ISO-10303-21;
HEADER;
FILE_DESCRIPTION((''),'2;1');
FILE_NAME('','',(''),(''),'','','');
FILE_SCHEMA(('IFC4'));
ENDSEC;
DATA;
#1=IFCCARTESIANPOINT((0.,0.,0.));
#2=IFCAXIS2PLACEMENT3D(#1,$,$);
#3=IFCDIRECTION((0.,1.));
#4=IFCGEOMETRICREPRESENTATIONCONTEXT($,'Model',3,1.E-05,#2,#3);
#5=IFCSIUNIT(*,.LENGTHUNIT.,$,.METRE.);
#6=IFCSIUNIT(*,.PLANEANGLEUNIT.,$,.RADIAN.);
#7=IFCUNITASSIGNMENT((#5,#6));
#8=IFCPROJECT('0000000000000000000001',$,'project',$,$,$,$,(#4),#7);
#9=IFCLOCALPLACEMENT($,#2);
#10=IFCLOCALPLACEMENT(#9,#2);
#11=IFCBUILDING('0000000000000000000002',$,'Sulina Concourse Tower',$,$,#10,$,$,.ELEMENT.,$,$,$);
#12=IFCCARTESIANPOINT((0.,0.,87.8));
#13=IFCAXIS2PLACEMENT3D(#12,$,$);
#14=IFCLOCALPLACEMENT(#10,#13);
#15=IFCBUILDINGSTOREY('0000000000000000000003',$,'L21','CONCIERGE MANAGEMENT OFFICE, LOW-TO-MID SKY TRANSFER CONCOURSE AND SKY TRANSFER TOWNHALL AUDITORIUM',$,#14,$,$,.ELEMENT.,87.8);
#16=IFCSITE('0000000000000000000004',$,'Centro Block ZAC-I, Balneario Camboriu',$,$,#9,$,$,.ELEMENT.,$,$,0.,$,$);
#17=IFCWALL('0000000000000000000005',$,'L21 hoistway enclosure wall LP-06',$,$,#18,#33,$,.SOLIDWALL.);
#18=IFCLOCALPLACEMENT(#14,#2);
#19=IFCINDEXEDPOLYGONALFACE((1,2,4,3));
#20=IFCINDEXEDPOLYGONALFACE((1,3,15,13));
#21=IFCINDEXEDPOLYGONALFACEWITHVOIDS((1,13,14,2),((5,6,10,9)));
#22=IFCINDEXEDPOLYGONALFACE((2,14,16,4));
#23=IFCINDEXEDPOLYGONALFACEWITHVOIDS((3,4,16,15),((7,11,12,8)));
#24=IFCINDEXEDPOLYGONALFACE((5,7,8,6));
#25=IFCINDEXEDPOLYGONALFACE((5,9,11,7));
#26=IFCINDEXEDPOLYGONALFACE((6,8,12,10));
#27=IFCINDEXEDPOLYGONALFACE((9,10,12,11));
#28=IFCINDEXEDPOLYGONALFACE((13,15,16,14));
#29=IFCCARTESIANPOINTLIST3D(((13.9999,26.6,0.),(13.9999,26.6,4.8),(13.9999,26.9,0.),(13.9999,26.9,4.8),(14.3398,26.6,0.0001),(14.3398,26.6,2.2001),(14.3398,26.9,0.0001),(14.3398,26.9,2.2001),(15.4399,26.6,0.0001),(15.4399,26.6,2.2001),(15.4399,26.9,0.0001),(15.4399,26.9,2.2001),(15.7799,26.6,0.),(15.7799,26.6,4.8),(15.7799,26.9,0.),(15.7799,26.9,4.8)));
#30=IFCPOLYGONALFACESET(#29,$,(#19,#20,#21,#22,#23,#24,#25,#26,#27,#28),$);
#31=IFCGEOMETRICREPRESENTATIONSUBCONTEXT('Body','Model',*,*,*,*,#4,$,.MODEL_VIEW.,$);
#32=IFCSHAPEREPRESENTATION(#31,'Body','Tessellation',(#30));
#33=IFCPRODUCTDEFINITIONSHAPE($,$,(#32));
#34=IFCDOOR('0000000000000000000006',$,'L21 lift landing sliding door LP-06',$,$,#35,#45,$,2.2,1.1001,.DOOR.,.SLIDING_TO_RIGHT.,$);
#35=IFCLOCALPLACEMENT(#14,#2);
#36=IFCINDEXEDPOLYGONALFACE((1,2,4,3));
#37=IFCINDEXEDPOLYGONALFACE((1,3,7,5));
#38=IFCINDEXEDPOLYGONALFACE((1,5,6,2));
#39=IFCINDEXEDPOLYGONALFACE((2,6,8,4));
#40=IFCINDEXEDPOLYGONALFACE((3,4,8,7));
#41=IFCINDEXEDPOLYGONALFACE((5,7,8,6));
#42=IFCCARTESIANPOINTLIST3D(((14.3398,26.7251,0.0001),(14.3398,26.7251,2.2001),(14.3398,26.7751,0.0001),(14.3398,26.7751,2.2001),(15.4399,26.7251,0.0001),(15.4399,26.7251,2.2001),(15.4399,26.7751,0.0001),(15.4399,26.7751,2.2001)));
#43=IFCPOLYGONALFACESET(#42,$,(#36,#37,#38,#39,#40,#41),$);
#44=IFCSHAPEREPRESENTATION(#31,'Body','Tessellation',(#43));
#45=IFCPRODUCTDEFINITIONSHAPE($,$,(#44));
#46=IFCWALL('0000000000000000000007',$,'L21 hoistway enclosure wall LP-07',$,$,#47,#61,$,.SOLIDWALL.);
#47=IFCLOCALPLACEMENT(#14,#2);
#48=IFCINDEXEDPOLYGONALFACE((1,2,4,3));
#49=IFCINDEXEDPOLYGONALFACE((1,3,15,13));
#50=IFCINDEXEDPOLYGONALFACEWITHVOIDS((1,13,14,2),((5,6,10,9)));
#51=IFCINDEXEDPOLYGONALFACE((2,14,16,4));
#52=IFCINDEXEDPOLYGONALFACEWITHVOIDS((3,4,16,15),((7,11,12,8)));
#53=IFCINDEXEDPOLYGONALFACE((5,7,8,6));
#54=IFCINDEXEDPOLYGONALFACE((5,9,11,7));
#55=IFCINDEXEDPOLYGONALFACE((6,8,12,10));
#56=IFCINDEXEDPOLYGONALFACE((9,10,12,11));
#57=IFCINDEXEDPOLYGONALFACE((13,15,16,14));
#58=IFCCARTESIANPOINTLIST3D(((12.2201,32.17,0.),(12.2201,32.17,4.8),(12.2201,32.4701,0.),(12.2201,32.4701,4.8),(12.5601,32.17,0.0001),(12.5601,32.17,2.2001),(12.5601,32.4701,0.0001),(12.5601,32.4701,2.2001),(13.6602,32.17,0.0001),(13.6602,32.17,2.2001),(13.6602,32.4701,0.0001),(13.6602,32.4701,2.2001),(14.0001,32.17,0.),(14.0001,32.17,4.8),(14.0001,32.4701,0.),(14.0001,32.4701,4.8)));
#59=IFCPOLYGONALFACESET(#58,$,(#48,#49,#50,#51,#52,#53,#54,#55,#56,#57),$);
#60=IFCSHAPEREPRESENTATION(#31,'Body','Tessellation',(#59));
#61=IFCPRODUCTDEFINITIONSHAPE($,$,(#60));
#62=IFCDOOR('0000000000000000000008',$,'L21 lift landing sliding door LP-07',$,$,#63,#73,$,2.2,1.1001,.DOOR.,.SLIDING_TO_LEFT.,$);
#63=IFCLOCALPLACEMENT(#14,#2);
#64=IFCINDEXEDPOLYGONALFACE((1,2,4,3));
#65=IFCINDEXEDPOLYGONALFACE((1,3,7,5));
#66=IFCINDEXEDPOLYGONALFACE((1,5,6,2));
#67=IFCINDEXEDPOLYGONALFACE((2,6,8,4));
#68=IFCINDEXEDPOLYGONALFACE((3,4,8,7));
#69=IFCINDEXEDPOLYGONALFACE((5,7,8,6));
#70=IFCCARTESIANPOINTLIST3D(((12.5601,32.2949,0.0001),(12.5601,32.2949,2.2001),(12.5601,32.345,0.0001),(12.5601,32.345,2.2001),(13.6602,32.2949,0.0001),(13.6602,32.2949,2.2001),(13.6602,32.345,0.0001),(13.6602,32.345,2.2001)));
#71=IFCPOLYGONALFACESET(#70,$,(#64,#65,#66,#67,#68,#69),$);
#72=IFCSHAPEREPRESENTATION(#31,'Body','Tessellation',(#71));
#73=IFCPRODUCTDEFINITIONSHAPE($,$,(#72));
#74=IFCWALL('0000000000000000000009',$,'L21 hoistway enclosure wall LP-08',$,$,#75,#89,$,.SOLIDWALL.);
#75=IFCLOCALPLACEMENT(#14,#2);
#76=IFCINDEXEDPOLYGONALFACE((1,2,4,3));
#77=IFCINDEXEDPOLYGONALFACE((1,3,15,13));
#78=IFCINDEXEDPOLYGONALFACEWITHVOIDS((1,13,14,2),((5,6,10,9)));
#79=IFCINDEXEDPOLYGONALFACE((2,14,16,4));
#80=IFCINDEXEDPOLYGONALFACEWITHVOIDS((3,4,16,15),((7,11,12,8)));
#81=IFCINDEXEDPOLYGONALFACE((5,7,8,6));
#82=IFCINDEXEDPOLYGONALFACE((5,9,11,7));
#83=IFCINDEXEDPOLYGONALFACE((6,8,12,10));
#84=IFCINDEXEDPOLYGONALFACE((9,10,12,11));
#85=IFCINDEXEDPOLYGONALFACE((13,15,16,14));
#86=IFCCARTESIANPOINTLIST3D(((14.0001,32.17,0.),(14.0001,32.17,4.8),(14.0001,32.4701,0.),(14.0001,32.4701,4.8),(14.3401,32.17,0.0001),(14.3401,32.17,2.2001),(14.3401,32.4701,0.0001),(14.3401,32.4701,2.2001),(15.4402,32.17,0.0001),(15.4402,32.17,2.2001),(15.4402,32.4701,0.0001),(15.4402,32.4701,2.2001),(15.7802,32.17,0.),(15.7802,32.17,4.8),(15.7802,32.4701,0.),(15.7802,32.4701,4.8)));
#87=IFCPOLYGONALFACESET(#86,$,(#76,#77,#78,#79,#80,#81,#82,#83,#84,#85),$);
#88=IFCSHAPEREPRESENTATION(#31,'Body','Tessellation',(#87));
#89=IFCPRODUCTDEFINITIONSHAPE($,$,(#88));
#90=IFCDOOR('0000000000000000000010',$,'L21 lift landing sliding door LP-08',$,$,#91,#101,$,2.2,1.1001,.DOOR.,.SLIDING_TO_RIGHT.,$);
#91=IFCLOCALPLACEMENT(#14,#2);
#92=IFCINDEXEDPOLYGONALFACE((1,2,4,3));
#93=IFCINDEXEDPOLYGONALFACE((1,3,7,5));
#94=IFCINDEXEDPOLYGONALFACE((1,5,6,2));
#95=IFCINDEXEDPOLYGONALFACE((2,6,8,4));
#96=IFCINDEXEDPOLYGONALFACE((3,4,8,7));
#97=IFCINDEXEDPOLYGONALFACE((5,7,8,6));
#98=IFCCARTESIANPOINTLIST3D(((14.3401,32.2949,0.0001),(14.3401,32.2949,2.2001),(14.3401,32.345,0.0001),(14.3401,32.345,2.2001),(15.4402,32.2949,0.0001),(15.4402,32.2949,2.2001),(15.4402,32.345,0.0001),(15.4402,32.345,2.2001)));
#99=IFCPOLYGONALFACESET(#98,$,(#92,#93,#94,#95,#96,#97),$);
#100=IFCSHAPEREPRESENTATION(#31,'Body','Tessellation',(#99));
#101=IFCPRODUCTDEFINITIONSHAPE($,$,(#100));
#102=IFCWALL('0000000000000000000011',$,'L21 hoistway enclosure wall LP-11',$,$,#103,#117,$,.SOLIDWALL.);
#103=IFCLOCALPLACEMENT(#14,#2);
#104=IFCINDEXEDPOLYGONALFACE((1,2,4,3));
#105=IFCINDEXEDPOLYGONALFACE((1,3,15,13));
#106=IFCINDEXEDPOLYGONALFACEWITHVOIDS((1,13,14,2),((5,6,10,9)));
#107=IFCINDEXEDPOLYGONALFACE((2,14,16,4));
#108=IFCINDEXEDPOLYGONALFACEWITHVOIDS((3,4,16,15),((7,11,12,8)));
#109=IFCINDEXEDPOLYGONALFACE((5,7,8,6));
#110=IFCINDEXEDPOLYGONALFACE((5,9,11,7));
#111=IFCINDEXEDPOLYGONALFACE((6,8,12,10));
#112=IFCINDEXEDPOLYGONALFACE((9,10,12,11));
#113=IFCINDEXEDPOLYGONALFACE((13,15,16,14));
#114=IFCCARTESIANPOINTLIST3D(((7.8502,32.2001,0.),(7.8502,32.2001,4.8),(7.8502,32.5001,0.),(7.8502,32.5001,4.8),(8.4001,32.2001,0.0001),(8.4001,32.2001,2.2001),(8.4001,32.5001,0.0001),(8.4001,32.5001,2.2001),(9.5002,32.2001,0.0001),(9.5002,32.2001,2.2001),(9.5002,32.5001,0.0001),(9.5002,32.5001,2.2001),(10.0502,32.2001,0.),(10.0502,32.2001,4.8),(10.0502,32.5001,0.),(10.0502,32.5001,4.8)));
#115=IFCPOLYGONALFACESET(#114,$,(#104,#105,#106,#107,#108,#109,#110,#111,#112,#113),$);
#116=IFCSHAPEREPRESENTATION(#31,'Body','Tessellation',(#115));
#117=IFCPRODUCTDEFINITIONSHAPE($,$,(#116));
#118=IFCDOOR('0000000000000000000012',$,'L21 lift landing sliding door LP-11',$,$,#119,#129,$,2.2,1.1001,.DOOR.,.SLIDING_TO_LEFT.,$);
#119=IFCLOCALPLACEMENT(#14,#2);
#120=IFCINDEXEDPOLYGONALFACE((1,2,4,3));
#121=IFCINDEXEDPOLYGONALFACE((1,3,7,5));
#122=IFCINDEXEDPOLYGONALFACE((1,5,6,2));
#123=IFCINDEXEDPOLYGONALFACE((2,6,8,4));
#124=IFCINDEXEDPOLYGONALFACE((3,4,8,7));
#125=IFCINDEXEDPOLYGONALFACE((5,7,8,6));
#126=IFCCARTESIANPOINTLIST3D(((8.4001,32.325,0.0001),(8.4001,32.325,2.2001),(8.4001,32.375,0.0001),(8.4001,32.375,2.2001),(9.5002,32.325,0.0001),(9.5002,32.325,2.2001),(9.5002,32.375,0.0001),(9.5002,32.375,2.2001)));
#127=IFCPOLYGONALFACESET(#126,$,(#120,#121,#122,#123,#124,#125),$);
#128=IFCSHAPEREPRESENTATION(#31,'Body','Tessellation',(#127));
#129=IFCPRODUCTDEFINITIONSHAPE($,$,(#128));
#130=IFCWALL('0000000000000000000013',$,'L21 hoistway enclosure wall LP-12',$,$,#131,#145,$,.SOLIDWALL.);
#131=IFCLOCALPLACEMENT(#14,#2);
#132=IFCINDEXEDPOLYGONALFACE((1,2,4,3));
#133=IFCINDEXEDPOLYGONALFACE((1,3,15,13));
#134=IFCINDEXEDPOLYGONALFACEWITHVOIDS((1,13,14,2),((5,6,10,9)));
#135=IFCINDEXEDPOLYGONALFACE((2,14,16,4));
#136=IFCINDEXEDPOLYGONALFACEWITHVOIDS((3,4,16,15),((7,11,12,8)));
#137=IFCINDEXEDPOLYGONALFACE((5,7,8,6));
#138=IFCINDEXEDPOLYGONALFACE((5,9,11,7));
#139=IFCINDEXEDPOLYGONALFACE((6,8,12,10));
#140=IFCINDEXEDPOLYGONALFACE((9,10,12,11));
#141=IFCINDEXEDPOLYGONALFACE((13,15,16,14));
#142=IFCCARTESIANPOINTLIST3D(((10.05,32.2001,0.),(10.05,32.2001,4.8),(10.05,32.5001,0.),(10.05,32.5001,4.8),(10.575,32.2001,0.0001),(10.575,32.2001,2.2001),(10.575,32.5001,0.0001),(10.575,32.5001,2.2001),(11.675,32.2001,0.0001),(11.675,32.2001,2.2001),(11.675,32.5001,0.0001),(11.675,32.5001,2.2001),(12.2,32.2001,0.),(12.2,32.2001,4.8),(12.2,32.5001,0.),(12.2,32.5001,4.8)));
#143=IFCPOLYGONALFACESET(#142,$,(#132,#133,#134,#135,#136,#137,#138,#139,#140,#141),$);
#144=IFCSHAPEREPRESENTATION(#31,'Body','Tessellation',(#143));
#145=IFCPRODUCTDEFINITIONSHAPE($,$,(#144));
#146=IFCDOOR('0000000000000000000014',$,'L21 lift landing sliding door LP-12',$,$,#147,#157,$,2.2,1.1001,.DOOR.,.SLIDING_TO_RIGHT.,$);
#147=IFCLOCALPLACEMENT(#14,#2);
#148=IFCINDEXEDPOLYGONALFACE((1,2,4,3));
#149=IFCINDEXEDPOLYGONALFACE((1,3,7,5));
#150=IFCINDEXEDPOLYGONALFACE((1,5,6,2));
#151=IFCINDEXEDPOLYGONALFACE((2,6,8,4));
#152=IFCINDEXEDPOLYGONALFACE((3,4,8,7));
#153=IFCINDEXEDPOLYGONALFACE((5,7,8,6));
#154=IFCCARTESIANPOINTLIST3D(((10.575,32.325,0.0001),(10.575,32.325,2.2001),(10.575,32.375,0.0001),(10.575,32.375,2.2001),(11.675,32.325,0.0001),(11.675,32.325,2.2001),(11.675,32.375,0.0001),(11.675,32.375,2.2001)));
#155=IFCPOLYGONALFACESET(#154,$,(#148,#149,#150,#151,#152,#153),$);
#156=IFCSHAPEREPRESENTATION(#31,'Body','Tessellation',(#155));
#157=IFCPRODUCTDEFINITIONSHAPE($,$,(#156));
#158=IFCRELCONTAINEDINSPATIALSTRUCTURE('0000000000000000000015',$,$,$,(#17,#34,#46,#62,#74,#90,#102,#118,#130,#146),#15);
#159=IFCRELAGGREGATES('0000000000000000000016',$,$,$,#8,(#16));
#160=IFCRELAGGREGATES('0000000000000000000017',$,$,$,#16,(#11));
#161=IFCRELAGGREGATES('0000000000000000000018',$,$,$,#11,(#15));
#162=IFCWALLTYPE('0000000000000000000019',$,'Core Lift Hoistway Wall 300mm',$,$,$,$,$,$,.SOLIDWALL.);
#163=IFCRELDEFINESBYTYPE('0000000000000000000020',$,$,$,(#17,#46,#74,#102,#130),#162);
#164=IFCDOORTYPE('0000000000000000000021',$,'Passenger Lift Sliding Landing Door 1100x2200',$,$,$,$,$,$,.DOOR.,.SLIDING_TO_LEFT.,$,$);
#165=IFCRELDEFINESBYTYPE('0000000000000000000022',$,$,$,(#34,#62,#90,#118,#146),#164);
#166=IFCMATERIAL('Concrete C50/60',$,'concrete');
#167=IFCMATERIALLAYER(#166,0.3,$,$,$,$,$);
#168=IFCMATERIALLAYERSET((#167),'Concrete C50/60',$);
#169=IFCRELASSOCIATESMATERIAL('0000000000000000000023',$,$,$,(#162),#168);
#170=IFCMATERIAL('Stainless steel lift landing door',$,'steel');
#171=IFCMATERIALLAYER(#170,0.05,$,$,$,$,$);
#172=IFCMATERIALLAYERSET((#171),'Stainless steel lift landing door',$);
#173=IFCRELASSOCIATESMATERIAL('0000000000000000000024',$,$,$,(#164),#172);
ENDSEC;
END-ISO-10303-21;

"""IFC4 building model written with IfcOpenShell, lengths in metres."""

from ifc_helpers import new_model, si_unit, direction, frame, frame_2d, origin, place, context, subcontext, project, spatial, rectangle, extrude, material, layer, layer_set, type_object, element, fill, save


model = new_model("IFC4")

# Units and contexts
model_context = context("Model", 3, precision=1e-05, world=origin(), true_north=direction((0.0, 1.0)))
body_context = subcontext(model_context, "Body", "Model", "MODEL_VIEW")
ifc_project = project(units=[si_unit("LENGTHUNIT", "METRE"), si_unit("PLANEANGLEUNIT", "RADIAN")], contexts=[model_context])

# Site, building, storey
site_placement = place(None, origin())
site = spatial("IfcSite", under=ifc_project, at=site_placement, Name="Centro Block ZAC-I, Balneario Camboriu", CompositionType="ELEMENT", RefElevation=0.0)
building_placement = place(site_placement, origin())
building = spatial("IfcBuilding", under=site, at=building_placement, Name="Sulina Concourse Tower", CompositionType="ELEMENT")
storey_placement = place(building_placement, frame((0.0, 0.0, 87.8)))
storey = spatial("IfcBuildingStorey", under=building, at=storey_placement, Name="L21", Description="CONCIERGE MANAGEMENT OFFICE, LOW-TO-MID SKY TRANSFER CONCOURSE AND SKY TRANSFER TOWNHALL AUDITORIUM", CompositionType="ELEMENT", Elevation=87.8)

# Walls, openings, doors
ifc_material_1 = material(Name="Concrete C50/60", Category="concrete")
ifc_layer_1 = layer(ifc_material_1, 0.3)
ifc_layer_set_1 = layer_set([ifc_layer_1], Name="Concrete C50/60")
wall_type_1 = type_object("IfcWallType", Name="Core Lift Hoistway Wall 300mm", PredefinedType="SOLIDWALL", material=ifc_layer_set_1)
ifc_material_2 = material(Name="Stainless steel lift landing door", Category="steel")
ifc_layer_2 = layer(ifc_material_2, 0.05)
ifc_layer_set_2 = layer_set([ifc_layer_2], Name="Stainless steel lift landing door")
door_type_1 = type_object("IfcDoorType", Name="Passenger Lift Sliding Landing Door 1100x2200", OperationType="SLIDING_TO_LEFT", PredefinedType="DOOR", material=ifc_layer_set_2)
wall_1_placement = place(storey_placement, frame((15.78, 26.75, 0.0), z_axis=(0.0, 0.0, 1.0), x_axis=(-1.0, 0.0, 0.0)))
wall_1 = element("IfcWall", 1, at=wall_1_placement, inside=storey, type_object=wall_type_1, Name="L21 hoistway enclosure wall LP-06", PredefinedType="SOLIDWALL", context=body_context, shape_type="SweptSolid", body=[
    extrude(rectangle(XDim=1.78, YDim=0.3, at=frame_2d((0.8901, 0.0))), origin(), (0.0, 0.0, 1.0), 4.8),
])
opening_1_placement = place(wall_1_placement, frame((0.3401, 0.0, 0.0)))
opening_1 = element("IfcOpeningElement", 2, at=opening_1_placement, cuts=wall_1, PredefinedType="OPENING", context=body_context, shape_type="SweptSolid", body=[
    extrude(rectangle(XDim=1.1001, YDim=2.2, at=frame_2d((0.55, 1.1001))), frame((0.0, 0.1599, 0.0), z_axis=(0.0, -1.0, 0.0), x_axis=(1.0, 0.0, 0.0)), (0.0, 0.0, 1.0), 0.3201),
])
door_1_placement = place(opening_1_placement, origin())
door_1 = element("IfcDoor", 3, at=door_1_placement, inside=storey, type_object=door_type_1, Name="L21 lift landing sliding door LP-06", OperationType="SLIDING_TO_RIGHT", OverallHeight=2.2, OverallWidth=1.1001, PredefinedType="DOOR", context=body_context, shape_type="SweptSolid", body=[
    extrude(rectangle(XDim=1.1001, YDim=2.2, at=frame_2d((0.55, 1.1001))), frame((0.0, 0.0249, 0.0), z_axis=(0.0, -1.0, 0.0), x_axis=(1.0, 0.0, 0.0)), (0.0, 0.0, 1.0), 0.05),
])
fill(opening_1, door_1)
wall_2_placement = place(storey_placement, frame((12.22, 32.3201, 0.0), z_axis=(0.0, 0.0, 1.0), x_axis=(1.0, 0.0, 0.0)))
wall_2 = element("IfcWall", 4, at=wall_2_placement, inside=storey, type_object=wall_type_1, Name="L21 hoistway enclosure wall LP-07", PredefinedType="SOLIDWALL", context=body_context, shape_type="SweptSolid", body=[
    extrude(rectangle(XDim=1.78, YDim=0.3, at=frame_2d((0.8901, 0.0))), origin(), (0.0, 0.0, 1.0), 4.8),
])
opening_2_placement = place(wall_2_placement, frame((0.3401, 0.0, 0.0)))
opening_2 = element("IfcOpeningElement", 5, at=opening_2_placement, cuts=wall_2, PredefinedType="OPENING", context=body_context, shape_type="SweptSolid", body=[
    extrude(rectangle(XDim=1.1001, YDim=2.2, at=frame_2d((0.55, 1.1001))), frame((0.0, 0.1599, 0.0), z_axis=(0.0, -1.0, 0.0), x_axis=(1.0, 0.0, 0.0)), (0.0, 0.0, 1.0), 0.3201),
])
door_2_placement = place(opening_2_placement, origin())
door_2 = element("IfcDoor", 6, at=door_2_placement, inside=storey, type_object=door_type_1, Name="L21 lift landing sliding door LP-07", OperationType="SLIDING_TO_LEFT", OverallHeight=2.2, OverallWidth=1.1001, PredefinedType="DOOR", context=body_context, shape_type="SweptSolid", body=[
    extrude(rectangle(XDim=1.1001, YDim=2.2, at=frame_2d((0.55, 1.1001))), frame((0.0, 0.0249, 0.0), z_axis=(0.0, -1.0, 0.0), x_axis=(1.0, 0.0, 0.0)), (0.0, 0.0, 1.0), 0.05),
])
fill(opening_2, door_2)
wall_3_placement = place(storey_placement, frame((14.0, 32.3201, 0.0), z_axis=(0.0, 0.0, 1.0), x_axis=(1.0, 0.0, 0.0)))
wall_3 = element("IfcWall", 7, at=wall_3_placement, inside=storey, type_object=wall_type_1, Name="L21 hoistway enclosure wall LP-08", PredefinedType="SOLIDWALL", context=body_context, shape_type="SweptSolid", body=[
    extrude(rectangle(XDim=1.78, YDim=0.3, at=frame_2d((0.8901, 0.0))), origin(), (0.0, 0.0, 1.0), 4.8),
])
opening_3_placement = place(wall_3_placement, frame((0.3401, 0.0, 0.0)))
opening_3 = element("IfcOpeningElement", 8, at=opening_3_placement, cuts=wall_3, PredefinedType="OPENING", context=body_context, shape_type="SweptSolid", body=[
    extrude(rectangle(XDim=1.1001, YDim=2.2, at=frame_2d((0.55, 1.1001))), frame((0.0, 0.1599, 0.0), z_axis=(0.0, -1.0, 0.0), x_axis=(1.0, 0.0, 0.0)), (0.0, 0.0, 1.0), 0.3201),
])
door_3_placement = place(opening_3_placement, origin())
door_3 = element("IfcDoor", 9, at=door_3_placement, inside=storey, type_object=door_type_1, Name="L21 lift landing sliding door LP-08", OperationType="SLIDING_TO_RIGHT", OverallHeight=2.2, OverallWidth=1.1001, PredefinedType="DOOR", context=body_context, shape_type="SweptSolid", body=[
    extrude(rectangle(XDim=1.1001, YDim=2.2, at=frame_2d((0.55, 1.1001))), frame((0.0, 0.0249, 0.0), z_axis=(0.0, -1.0, 0.0), x_axis=(1.0, 0.0, 0.0)), (0.0, 0.0, 1.0), 0.05),
])
fill(opening_3, door_3)
wall_4_placement = place(storey_placement, frame((7.8501, 32.3501, 0.0), z_axis=(0.0, 0.0, 1.0), x_axis=(1.0, 0.0, 0.0)))
wall_4 = element("IfcWall", 10, at=wall_4_placement, inside=storey, type_object=wall_type_1, Name="L21 hoistway enclosure wall LP-11", PredefinedType="SOLIDWALL", context=body_context, shape_type="SweptSolid", body=[
    extrude(rectangle(XDim=2.2, YDim=0.3, at=frame_2d((1.1001, 0.0))), origin(), (0.0, 0.0, 1.0), 4.8),
])
opening_4_placement = place(wall_4_placement, frame((0.55, 0.0, 0.0)))
opening_4 = element("IfcOpeningElement", 11, at=opening_4_placement, cuts=wall_4, PredefinedType="OPENING", context=body_context, shape_type="SweptSolid", body=[
    extrude(rectangle(XDim=1.1001, YDim=2.2, at=frame_2d((0.55, 1.1001))), frame((0.0, 0.1599, 0.0), z_axis=(0.0, -1.0, 0.0), x_axis=(1.0, 0.0, 0.0)), (0.0, 0.0, 1.0), 0.3201),
])
door_4_placement = place(opening_4_placement, origin())
door_4 = element("IfcDoor", 12, at=door_4_placement, inside=storey, type_object=door_type_1, Name="L21 lift landing sliding door LP-11", OperationType="SLIDING_TO_LEFT", OverallHeight=2.2, OverallWidth=1.1001, PredefinedType="DOOR", context=body_context, shape_type="SweptSolid", body=[
    extrude(rectangle(XDim=1.1001, YDim=2.2, at=frame_2d((0.55, 1.1001))), frame((0.0, 0.0249, 0.0), z_axis=(0.0, -1.0, 0.0), x_axis=(1.0, 0.0, 0.0)), (0.0, 0.0, 1.0), 0.05),
])
fill(opening_4, door_4)
wall_5_placement = place(storey_placement, frame((10.05, 32.3501, 0.0), z_axis=(0.0, 0.0, 1.0), x_axis=(1.0, 0.0, 0.0)))
wall_5 = element("IfcWall", 13, at=wall_5_placement, inside=storey, type_object=wall_type_1, Name="L21 hoistway enclosure wall LP-12", PredefinedType="SOLIDWALL", context=body_context, shape_type="SweptSolid", body=[
    extrude(rectangle(XDim=2.1499, YDim=0.3, at=frame_2d((1.075, 0.0))), origin(), (0.0, 0.0, 1.0), 4.8),
])
opening_5_placement = place(wall_5_placement, frame((0.5249, 0.0, 0.0)))
opening_5 = element("IfcOpeningElement", 14, at=opening_5_placement, cuts=wall_5, PredefinedType="OPENING", context=body_context, shape_type="SweptSolid", body=[
    extrude(rectangle(XDim=1.1001, YDim=2.2, at=frame_2d((0.55, 1.1001))), frame((0.0, 0.1599, 0.0), z_axis=(0.0, -1.0, 0.0), x_axis=(1.0, 0.0, 0.0)), (0.0, 0.0, 1.0), 0.3201),
])
door_5_placement = place(opening_5_placement, origin())
door_5 = element("IfcDoor", 15, at=door_5_placement, inside=storey, type_object=door_type_1, Name="L21 lift landing sliding door LP-12", OperationType="SLIDING_TO_RIGHT", OverallHeight=2.2, OverallWidth=1.1001, PredefinedType="DOOR", context=body_context, shape_type="SweptSolid", body=[
    extrude(rectangle(XDim=1.1001, YDim=2.2, at=frame_2d((0.55, 1.1001))), frame((0.0, 0.0249, 0.0), z_axis=(0.0, -1.0, 0.0), x_axis=(1.0, 0.0, 0.0)), (0.0, 0.0, 1.0), 0.05),
])
fill(opening_5, door_5)

save(model, "model.ifc")
